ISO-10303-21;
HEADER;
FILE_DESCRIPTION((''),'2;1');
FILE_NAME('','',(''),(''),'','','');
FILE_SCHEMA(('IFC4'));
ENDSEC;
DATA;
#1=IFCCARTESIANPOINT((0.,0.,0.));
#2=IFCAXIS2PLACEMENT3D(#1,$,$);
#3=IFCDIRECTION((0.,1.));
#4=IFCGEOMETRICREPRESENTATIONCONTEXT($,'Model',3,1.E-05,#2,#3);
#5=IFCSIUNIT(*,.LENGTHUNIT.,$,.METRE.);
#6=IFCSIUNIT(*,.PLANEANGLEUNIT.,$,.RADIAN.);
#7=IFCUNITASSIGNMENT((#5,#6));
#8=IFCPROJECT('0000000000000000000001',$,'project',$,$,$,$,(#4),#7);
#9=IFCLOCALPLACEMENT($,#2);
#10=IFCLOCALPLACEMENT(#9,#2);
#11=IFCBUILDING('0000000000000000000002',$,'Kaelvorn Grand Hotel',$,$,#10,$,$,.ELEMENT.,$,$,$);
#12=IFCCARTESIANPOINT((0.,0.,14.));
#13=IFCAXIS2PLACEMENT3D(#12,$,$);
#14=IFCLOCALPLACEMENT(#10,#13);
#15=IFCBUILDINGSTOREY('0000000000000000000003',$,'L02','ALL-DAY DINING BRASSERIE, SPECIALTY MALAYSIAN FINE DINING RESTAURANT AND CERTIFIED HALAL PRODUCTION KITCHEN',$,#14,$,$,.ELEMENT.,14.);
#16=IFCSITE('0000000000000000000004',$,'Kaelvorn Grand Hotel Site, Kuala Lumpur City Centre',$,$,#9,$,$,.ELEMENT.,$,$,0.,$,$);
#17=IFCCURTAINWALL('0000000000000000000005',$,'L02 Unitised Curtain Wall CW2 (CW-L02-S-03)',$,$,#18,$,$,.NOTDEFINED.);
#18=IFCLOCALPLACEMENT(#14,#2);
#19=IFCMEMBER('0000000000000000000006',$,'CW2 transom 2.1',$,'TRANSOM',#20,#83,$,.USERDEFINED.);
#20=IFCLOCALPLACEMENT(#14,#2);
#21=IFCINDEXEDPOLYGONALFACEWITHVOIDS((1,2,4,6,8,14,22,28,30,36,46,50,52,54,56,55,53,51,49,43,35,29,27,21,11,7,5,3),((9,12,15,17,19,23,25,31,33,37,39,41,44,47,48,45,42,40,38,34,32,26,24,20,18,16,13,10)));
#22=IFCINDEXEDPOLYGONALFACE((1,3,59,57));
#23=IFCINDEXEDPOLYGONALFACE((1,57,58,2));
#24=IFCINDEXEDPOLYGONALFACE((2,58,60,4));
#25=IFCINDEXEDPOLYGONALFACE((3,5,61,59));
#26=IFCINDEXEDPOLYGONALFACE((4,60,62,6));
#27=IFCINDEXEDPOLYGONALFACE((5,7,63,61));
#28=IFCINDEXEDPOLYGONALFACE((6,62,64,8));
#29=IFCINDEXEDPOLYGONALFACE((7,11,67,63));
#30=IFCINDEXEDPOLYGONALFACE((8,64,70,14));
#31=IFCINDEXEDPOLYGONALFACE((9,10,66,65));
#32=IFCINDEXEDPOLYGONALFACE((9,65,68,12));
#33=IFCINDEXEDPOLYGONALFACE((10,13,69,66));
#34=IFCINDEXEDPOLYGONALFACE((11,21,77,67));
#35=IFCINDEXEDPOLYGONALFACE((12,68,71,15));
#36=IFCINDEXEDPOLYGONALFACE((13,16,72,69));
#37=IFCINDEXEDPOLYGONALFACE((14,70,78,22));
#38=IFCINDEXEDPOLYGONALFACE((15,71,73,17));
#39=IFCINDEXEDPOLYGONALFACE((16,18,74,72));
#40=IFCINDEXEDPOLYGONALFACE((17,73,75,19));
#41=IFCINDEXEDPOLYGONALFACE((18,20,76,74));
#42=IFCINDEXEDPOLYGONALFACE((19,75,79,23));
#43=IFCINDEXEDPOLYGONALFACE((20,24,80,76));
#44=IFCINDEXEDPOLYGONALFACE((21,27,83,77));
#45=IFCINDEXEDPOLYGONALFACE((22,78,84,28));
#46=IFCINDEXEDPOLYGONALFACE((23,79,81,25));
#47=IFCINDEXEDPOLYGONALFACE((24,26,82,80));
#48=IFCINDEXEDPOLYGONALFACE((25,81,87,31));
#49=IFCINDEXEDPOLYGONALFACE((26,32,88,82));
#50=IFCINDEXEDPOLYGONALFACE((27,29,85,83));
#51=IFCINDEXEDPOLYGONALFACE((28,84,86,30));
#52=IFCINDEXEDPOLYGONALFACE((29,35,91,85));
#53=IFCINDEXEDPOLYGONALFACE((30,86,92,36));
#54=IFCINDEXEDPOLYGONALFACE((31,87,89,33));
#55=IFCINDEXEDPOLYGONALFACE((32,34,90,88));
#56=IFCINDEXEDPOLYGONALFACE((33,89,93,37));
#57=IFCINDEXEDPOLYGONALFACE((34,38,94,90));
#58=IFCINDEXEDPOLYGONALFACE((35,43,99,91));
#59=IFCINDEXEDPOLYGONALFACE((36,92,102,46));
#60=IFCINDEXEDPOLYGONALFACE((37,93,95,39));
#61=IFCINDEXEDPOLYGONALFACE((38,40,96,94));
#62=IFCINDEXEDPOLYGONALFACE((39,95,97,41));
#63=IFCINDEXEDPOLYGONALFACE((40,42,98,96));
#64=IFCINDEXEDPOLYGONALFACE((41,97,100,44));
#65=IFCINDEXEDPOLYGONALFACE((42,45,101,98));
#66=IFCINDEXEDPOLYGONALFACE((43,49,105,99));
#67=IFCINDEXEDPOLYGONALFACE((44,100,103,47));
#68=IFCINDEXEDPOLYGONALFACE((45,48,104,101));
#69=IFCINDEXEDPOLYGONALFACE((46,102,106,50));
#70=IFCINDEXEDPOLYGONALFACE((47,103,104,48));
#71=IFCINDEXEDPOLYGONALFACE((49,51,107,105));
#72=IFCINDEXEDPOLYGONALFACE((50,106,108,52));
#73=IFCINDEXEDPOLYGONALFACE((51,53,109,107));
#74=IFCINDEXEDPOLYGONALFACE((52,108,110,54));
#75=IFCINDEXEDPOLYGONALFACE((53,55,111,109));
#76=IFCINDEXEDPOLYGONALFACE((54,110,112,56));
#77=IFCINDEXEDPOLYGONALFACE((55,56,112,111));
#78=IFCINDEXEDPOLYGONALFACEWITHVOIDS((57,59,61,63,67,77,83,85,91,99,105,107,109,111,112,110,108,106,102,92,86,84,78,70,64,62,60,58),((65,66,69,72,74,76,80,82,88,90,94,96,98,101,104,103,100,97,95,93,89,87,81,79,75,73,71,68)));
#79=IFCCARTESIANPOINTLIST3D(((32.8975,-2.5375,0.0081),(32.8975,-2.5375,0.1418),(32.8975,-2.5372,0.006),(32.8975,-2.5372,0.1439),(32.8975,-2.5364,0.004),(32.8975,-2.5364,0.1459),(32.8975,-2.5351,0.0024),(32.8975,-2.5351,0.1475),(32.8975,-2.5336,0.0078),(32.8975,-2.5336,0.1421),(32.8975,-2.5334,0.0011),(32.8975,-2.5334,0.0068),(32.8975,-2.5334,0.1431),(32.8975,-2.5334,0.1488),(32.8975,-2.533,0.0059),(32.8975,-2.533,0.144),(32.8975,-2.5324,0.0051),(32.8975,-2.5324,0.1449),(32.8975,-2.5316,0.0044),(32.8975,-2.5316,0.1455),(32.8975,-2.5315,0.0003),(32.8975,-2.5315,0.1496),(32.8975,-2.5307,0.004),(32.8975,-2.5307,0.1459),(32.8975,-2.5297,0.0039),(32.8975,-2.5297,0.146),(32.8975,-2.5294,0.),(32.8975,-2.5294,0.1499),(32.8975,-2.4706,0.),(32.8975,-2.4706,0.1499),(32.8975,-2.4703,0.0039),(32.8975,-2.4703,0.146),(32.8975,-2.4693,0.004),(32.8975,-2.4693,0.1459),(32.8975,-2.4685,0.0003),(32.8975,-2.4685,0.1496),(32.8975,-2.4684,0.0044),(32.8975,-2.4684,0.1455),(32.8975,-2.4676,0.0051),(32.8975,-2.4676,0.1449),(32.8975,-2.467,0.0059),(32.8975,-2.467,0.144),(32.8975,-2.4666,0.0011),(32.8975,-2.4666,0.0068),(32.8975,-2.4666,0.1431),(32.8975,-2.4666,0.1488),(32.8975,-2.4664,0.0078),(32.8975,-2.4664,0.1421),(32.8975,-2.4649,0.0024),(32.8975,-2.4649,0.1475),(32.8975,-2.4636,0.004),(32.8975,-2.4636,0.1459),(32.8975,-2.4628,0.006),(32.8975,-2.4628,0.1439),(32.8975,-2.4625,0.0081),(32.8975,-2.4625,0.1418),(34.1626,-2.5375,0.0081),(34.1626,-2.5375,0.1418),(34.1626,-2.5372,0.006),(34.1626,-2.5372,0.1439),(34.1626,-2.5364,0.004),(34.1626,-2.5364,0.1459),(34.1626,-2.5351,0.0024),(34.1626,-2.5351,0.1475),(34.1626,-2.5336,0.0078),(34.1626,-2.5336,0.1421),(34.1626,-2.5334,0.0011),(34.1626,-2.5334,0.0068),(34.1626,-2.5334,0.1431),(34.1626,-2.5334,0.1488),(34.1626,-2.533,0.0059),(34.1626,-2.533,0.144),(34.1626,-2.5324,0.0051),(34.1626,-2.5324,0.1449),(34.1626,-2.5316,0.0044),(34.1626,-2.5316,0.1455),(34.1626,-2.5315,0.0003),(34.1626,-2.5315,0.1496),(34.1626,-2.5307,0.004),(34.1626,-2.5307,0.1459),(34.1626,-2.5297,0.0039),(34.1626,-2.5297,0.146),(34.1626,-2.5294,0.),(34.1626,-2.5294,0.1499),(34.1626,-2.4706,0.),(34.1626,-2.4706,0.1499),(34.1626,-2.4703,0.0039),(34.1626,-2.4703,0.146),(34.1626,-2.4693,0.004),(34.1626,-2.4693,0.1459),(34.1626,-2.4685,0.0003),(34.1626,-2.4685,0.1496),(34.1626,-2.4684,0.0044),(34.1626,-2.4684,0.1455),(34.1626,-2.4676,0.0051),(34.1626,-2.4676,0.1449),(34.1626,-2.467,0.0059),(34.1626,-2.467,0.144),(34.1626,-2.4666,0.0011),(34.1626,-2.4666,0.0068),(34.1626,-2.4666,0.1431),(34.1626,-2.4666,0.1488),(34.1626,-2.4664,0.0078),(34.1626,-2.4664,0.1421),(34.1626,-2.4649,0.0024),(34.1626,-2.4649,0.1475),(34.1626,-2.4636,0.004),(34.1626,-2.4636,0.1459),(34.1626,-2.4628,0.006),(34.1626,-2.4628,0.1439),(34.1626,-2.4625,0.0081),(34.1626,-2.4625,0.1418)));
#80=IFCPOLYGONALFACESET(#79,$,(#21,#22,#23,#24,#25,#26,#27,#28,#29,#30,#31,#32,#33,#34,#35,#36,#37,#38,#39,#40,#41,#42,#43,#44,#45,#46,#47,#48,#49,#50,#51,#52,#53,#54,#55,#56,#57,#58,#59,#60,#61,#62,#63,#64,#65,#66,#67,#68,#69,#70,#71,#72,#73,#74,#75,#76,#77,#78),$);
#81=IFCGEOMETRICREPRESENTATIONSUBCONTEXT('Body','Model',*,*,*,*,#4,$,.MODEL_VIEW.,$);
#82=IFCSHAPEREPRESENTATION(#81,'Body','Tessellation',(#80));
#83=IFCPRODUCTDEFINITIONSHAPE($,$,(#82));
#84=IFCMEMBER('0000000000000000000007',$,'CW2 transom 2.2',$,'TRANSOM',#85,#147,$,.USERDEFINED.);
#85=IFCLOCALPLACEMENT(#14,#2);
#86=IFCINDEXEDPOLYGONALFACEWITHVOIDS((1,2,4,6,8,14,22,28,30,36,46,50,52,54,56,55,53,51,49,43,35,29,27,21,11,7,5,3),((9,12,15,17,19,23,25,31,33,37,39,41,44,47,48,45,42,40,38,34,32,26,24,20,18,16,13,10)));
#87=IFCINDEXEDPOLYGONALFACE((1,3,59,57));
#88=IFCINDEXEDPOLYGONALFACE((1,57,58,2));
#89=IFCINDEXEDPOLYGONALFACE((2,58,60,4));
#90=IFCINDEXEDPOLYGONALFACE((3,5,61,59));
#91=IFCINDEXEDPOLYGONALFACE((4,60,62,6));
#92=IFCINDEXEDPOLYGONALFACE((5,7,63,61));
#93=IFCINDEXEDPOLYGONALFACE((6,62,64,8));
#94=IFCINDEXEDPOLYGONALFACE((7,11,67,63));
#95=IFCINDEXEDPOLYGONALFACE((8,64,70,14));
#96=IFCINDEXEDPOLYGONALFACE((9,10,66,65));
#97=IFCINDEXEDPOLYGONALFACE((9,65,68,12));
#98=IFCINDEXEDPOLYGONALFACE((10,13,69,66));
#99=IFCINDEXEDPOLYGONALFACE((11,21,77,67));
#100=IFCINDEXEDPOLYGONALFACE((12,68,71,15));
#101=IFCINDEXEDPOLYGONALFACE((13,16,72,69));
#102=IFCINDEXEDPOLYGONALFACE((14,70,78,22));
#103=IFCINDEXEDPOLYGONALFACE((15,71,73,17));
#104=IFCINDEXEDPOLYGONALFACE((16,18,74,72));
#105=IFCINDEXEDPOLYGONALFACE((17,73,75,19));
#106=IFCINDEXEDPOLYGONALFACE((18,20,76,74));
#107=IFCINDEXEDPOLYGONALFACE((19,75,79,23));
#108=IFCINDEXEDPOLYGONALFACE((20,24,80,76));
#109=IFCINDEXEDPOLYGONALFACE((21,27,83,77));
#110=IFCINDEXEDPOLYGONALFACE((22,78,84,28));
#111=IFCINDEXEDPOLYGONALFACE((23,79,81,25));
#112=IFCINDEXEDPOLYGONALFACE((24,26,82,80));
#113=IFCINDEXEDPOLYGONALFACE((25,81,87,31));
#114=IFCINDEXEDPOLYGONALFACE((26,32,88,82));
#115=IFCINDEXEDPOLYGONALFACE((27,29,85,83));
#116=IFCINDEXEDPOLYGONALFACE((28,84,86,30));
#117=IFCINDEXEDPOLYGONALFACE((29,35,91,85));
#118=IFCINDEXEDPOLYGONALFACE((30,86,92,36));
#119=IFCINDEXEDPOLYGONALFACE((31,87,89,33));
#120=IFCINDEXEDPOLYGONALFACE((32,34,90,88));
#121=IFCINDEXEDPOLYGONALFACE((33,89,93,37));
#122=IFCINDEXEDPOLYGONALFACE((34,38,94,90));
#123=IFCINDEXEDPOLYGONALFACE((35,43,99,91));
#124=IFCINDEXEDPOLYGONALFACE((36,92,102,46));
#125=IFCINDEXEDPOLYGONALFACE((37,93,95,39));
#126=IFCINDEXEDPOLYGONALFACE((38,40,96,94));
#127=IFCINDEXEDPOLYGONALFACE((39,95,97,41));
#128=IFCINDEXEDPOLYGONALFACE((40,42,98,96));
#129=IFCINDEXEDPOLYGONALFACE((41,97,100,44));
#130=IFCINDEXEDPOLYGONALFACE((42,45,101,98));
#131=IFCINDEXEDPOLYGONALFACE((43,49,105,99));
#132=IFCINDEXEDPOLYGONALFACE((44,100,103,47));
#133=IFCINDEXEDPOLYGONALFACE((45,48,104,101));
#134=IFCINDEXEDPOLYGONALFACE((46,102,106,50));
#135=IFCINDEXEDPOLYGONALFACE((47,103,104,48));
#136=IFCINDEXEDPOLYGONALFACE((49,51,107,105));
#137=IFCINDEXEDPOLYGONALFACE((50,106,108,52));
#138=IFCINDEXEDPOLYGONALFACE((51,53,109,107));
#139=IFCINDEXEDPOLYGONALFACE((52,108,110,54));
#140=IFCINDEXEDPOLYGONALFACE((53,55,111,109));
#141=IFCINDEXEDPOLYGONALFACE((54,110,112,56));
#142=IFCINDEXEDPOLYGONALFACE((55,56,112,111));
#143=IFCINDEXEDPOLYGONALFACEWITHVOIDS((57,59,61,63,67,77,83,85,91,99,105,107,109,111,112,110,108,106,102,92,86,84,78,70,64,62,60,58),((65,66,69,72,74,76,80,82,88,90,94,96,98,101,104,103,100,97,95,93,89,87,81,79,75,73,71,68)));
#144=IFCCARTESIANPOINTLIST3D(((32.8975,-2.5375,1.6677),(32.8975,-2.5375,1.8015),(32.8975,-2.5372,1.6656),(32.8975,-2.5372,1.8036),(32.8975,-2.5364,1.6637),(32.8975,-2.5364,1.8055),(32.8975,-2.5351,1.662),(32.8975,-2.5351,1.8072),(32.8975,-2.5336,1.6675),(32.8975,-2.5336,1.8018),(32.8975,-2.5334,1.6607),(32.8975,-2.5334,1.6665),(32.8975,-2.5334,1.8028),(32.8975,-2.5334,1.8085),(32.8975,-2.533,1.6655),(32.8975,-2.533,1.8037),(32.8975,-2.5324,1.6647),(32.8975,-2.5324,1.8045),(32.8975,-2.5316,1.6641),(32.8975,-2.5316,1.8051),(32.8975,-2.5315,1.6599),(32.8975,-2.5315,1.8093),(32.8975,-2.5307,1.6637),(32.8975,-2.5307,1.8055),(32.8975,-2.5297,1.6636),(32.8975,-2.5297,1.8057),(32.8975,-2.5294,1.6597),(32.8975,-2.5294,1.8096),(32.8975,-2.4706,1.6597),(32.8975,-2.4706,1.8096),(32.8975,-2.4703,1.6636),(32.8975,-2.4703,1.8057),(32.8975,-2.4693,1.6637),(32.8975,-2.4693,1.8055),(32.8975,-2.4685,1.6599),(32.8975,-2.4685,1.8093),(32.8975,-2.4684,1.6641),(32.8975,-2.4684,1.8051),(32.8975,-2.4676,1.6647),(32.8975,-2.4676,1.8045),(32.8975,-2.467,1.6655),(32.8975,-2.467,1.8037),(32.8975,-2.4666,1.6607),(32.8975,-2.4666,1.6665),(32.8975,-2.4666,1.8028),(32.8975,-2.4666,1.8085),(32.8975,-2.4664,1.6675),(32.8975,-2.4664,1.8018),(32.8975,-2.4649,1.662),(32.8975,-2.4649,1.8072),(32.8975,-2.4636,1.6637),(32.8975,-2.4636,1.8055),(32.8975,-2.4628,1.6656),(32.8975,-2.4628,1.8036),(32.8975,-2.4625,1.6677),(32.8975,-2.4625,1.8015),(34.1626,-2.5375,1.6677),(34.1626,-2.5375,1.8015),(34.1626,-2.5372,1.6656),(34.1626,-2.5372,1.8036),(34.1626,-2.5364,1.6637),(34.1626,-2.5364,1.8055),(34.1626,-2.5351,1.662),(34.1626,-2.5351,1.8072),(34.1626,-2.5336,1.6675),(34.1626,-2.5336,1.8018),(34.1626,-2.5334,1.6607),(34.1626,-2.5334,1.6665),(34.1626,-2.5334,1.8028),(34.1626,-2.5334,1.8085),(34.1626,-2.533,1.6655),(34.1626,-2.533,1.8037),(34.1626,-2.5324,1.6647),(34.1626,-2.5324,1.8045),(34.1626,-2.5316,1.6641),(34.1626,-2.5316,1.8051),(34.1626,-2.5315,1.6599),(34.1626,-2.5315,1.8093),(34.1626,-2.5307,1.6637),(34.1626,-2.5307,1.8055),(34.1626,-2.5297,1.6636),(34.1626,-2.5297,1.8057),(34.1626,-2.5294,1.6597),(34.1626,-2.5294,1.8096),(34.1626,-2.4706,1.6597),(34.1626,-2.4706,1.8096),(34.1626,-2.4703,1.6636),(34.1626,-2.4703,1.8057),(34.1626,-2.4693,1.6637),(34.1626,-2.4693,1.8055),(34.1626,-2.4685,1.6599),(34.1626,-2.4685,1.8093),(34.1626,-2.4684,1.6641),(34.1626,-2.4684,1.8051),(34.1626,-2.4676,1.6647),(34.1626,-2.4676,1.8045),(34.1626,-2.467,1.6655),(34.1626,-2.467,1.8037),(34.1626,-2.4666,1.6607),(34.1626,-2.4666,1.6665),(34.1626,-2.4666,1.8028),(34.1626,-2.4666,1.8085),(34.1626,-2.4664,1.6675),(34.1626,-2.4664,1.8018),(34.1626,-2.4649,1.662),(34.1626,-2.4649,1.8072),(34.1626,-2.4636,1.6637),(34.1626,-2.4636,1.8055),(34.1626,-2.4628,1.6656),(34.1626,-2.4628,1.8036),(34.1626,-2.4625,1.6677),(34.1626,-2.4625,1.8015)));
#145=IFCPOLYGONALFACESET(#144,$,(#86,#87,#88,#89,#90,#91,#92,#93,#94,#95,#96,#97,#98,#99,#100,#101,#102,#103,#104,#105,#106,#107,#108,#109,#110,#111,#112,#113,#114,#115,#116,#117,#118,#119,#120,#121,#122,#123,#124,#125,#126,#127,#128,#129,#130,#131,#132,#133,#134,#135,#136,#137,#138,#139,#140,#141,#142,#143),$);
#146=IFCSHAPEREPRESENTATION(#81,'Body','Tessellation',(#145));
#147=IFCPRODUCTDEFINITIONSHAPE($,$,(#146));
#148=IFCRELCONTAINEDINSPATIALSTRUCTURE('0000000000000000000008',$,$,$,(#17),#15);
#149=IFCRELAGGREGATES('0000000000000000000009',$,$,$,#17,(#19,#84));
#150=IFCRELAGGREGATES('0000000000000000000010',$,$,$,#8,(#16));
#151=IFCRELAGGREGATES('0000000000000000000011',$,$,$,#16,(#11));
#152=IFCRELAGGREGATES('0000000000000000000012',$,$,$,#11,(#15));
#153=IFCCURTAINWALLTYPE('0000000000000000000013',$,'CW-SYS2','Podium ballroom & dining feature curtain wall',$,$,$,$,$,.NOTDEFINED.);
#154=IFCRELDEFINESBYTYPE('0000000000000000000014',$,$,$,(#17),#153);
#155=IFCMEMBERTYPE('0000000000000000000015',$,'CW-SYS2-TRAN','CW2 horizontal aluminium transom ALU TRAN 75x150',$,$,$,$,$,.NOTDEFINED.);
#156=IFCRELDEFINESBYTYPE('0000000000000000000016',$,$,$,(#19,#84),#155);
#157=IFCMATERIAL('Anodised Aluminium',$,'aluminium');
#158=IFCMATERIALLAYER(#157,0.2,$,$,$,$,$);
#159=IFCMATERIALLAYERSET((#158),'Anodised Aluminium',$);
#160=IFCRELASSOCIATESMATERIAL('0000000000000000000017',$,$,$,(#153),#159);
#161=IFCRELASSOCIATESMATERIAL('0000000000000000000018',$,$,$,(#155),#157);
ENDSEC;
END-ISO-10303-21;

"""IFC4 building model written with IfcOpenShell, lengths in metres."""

from ifc_helpers import new_model, si_unit, direction, frame, origin, origin_2d, place, context, subcontext, project, spatial, hollow_rectangle, extrude, material, layer, layer_set, material_profile, profile_set, type_object, element, aggregate, save


model = new_model("IFC4")

# Units and contexts
model_context = context("Model", 3, precision=1e-05, world=origin(), true_north=direction((0.0, 1.0)))
body_context = subcontext(model_context, "Body", "Model", "MODEL_VIEW")
ifc_project = project(units=[si_unit("LENGTHUNIT", "METRE"), si_unit("PLANEANGLEUNIT", "RADIAN")], contexts=[model_context])

# Site, building, storey
site_placement = place(None, origin())
site = spatial("IfcSite", under=ifc_project, at=site_placement, Name="Kaelvorn Grand Hotel Site, Kuala Lumpur City Centre", CompositionType="ELEMENT", RefElevation=0.0)
building_placement = place(site_placement, origin())
building = spatial("IfcBuilding", under=site, at=building_placement, Name="Kaelvorn Grand Hotel", CompositionType="ELEMENT")
storey_placement = place(building_placement, frame((0.0, 0.0, 14.0)))
storey = spatial("IfcBuildingStorey", under=building, at=storey_placement, Name="L02", Description="ALL-DAY DINING BRASSERIE, SPECIALTY MALAYSIAN FINE DINING RESTAURANT AND CERTIFIED HALAL PRODUCTION KITCHEN", CompositionType="ELEMENT", Elevation=14.0)

# Curtain wall, members
ifc_material_1 = material(Name="Anodised Aluminium", Category="aluminium")
ifc_layer_1 = layer(ifc_material_1, 0.2)
ifc_layer_set_1 = layer_set([ifc_layer_1], Name="Anodised Aluminium")
curtain_wall_type = type_object("IfcCurtainWallType", Name="CW-SYS2", Description="Podium ballroom & dining feature curtain wall", PredefinedType="NOTDEFINED", material=ifc_layer_set_1)
curtain_wall_placement = place(storey_placement, origin())
curtain_wall = element("IfcCurtainWall", 1, at=curtain_wall_placement, inside=storey, type_object=curtain_wall_type, Name="L02 Unitised Curtain Wall CW2 (CW-L02-S-03)", PredefinedType="NOTDEFINED")
ifc_material_profile_1 = material_profile(ifc_material_1, hollow_rectangle(XDim=0.075, YDim=0.1499, WallThickness=0.0039, InnerFilletRadius=0.0039, OuterFilletRadius=0.0081, at=origin_2d()), Name="ALU TRAN 75x150")
ifc_profile_set_1 = profile_set([ifc_material_profile_1], Name="Anodised Aluminium")
member_type_1 = type_object("IfcMemberType", Name="CW-SYS2-TRAN", Description="CW2 horizontal aluminium transom ALU TRAN 75x150", PredefinedType="NOTDEFINED", material=ifc_profile_set_1)
member_1_placement = place(storey_placement, frame((32.8975, -2.5, 0.075), z_axis=(1.0, 0.0, 0.0), x_axis=(0.0, 1.0, 0.0)))
member_1 = element("IfcMember", 2, at=member_1_placement, type_object=member_type_1, Name="CW2 transom 2.1", ObjectType="TRANSOM", PredefinedType="USERDEFINED", context=body_context, shape_type="SweptSolid", body=[
    extrude(hollow_rectangle(XDim=0.075, YDim=0.1499, WallThickness=0.0039, InnerFilletRadius=0.0039, OuterFilletRadius=0.0081, at=origin_2d()), origin(), (0.0, 0.0, 1.0), 1.2651),
])
member_2_placement = place(storey_placement, frame((32.8975, -2.5, 1.7346), z_axis=(1.0, 0.0, 0.0), x_axis=(0.0, 1.0, 0.0)))
member_2 = element("IfcMember", 3, at=member_2_placement, type_object=member_type_1, Name="CW2 transom 2.2", ObjectType="TRANSOM", PredefinedType="USERDEFINED", context=body_context, shape_type="SweptSolid", body=[
    extrude(hollow_rectangle(XDim=0.075, YDim=0.1499, WallThickness=0.0039, InnerFilletRadius=0.0039, OuterFilletRadius=0.0081, at=origin_2d()), origin(), (0.0, 0.0, 1.0), 1.2651),
])
aggregate(curtain_wall, [member_1, member_2])

save(model, "model.ifc")
